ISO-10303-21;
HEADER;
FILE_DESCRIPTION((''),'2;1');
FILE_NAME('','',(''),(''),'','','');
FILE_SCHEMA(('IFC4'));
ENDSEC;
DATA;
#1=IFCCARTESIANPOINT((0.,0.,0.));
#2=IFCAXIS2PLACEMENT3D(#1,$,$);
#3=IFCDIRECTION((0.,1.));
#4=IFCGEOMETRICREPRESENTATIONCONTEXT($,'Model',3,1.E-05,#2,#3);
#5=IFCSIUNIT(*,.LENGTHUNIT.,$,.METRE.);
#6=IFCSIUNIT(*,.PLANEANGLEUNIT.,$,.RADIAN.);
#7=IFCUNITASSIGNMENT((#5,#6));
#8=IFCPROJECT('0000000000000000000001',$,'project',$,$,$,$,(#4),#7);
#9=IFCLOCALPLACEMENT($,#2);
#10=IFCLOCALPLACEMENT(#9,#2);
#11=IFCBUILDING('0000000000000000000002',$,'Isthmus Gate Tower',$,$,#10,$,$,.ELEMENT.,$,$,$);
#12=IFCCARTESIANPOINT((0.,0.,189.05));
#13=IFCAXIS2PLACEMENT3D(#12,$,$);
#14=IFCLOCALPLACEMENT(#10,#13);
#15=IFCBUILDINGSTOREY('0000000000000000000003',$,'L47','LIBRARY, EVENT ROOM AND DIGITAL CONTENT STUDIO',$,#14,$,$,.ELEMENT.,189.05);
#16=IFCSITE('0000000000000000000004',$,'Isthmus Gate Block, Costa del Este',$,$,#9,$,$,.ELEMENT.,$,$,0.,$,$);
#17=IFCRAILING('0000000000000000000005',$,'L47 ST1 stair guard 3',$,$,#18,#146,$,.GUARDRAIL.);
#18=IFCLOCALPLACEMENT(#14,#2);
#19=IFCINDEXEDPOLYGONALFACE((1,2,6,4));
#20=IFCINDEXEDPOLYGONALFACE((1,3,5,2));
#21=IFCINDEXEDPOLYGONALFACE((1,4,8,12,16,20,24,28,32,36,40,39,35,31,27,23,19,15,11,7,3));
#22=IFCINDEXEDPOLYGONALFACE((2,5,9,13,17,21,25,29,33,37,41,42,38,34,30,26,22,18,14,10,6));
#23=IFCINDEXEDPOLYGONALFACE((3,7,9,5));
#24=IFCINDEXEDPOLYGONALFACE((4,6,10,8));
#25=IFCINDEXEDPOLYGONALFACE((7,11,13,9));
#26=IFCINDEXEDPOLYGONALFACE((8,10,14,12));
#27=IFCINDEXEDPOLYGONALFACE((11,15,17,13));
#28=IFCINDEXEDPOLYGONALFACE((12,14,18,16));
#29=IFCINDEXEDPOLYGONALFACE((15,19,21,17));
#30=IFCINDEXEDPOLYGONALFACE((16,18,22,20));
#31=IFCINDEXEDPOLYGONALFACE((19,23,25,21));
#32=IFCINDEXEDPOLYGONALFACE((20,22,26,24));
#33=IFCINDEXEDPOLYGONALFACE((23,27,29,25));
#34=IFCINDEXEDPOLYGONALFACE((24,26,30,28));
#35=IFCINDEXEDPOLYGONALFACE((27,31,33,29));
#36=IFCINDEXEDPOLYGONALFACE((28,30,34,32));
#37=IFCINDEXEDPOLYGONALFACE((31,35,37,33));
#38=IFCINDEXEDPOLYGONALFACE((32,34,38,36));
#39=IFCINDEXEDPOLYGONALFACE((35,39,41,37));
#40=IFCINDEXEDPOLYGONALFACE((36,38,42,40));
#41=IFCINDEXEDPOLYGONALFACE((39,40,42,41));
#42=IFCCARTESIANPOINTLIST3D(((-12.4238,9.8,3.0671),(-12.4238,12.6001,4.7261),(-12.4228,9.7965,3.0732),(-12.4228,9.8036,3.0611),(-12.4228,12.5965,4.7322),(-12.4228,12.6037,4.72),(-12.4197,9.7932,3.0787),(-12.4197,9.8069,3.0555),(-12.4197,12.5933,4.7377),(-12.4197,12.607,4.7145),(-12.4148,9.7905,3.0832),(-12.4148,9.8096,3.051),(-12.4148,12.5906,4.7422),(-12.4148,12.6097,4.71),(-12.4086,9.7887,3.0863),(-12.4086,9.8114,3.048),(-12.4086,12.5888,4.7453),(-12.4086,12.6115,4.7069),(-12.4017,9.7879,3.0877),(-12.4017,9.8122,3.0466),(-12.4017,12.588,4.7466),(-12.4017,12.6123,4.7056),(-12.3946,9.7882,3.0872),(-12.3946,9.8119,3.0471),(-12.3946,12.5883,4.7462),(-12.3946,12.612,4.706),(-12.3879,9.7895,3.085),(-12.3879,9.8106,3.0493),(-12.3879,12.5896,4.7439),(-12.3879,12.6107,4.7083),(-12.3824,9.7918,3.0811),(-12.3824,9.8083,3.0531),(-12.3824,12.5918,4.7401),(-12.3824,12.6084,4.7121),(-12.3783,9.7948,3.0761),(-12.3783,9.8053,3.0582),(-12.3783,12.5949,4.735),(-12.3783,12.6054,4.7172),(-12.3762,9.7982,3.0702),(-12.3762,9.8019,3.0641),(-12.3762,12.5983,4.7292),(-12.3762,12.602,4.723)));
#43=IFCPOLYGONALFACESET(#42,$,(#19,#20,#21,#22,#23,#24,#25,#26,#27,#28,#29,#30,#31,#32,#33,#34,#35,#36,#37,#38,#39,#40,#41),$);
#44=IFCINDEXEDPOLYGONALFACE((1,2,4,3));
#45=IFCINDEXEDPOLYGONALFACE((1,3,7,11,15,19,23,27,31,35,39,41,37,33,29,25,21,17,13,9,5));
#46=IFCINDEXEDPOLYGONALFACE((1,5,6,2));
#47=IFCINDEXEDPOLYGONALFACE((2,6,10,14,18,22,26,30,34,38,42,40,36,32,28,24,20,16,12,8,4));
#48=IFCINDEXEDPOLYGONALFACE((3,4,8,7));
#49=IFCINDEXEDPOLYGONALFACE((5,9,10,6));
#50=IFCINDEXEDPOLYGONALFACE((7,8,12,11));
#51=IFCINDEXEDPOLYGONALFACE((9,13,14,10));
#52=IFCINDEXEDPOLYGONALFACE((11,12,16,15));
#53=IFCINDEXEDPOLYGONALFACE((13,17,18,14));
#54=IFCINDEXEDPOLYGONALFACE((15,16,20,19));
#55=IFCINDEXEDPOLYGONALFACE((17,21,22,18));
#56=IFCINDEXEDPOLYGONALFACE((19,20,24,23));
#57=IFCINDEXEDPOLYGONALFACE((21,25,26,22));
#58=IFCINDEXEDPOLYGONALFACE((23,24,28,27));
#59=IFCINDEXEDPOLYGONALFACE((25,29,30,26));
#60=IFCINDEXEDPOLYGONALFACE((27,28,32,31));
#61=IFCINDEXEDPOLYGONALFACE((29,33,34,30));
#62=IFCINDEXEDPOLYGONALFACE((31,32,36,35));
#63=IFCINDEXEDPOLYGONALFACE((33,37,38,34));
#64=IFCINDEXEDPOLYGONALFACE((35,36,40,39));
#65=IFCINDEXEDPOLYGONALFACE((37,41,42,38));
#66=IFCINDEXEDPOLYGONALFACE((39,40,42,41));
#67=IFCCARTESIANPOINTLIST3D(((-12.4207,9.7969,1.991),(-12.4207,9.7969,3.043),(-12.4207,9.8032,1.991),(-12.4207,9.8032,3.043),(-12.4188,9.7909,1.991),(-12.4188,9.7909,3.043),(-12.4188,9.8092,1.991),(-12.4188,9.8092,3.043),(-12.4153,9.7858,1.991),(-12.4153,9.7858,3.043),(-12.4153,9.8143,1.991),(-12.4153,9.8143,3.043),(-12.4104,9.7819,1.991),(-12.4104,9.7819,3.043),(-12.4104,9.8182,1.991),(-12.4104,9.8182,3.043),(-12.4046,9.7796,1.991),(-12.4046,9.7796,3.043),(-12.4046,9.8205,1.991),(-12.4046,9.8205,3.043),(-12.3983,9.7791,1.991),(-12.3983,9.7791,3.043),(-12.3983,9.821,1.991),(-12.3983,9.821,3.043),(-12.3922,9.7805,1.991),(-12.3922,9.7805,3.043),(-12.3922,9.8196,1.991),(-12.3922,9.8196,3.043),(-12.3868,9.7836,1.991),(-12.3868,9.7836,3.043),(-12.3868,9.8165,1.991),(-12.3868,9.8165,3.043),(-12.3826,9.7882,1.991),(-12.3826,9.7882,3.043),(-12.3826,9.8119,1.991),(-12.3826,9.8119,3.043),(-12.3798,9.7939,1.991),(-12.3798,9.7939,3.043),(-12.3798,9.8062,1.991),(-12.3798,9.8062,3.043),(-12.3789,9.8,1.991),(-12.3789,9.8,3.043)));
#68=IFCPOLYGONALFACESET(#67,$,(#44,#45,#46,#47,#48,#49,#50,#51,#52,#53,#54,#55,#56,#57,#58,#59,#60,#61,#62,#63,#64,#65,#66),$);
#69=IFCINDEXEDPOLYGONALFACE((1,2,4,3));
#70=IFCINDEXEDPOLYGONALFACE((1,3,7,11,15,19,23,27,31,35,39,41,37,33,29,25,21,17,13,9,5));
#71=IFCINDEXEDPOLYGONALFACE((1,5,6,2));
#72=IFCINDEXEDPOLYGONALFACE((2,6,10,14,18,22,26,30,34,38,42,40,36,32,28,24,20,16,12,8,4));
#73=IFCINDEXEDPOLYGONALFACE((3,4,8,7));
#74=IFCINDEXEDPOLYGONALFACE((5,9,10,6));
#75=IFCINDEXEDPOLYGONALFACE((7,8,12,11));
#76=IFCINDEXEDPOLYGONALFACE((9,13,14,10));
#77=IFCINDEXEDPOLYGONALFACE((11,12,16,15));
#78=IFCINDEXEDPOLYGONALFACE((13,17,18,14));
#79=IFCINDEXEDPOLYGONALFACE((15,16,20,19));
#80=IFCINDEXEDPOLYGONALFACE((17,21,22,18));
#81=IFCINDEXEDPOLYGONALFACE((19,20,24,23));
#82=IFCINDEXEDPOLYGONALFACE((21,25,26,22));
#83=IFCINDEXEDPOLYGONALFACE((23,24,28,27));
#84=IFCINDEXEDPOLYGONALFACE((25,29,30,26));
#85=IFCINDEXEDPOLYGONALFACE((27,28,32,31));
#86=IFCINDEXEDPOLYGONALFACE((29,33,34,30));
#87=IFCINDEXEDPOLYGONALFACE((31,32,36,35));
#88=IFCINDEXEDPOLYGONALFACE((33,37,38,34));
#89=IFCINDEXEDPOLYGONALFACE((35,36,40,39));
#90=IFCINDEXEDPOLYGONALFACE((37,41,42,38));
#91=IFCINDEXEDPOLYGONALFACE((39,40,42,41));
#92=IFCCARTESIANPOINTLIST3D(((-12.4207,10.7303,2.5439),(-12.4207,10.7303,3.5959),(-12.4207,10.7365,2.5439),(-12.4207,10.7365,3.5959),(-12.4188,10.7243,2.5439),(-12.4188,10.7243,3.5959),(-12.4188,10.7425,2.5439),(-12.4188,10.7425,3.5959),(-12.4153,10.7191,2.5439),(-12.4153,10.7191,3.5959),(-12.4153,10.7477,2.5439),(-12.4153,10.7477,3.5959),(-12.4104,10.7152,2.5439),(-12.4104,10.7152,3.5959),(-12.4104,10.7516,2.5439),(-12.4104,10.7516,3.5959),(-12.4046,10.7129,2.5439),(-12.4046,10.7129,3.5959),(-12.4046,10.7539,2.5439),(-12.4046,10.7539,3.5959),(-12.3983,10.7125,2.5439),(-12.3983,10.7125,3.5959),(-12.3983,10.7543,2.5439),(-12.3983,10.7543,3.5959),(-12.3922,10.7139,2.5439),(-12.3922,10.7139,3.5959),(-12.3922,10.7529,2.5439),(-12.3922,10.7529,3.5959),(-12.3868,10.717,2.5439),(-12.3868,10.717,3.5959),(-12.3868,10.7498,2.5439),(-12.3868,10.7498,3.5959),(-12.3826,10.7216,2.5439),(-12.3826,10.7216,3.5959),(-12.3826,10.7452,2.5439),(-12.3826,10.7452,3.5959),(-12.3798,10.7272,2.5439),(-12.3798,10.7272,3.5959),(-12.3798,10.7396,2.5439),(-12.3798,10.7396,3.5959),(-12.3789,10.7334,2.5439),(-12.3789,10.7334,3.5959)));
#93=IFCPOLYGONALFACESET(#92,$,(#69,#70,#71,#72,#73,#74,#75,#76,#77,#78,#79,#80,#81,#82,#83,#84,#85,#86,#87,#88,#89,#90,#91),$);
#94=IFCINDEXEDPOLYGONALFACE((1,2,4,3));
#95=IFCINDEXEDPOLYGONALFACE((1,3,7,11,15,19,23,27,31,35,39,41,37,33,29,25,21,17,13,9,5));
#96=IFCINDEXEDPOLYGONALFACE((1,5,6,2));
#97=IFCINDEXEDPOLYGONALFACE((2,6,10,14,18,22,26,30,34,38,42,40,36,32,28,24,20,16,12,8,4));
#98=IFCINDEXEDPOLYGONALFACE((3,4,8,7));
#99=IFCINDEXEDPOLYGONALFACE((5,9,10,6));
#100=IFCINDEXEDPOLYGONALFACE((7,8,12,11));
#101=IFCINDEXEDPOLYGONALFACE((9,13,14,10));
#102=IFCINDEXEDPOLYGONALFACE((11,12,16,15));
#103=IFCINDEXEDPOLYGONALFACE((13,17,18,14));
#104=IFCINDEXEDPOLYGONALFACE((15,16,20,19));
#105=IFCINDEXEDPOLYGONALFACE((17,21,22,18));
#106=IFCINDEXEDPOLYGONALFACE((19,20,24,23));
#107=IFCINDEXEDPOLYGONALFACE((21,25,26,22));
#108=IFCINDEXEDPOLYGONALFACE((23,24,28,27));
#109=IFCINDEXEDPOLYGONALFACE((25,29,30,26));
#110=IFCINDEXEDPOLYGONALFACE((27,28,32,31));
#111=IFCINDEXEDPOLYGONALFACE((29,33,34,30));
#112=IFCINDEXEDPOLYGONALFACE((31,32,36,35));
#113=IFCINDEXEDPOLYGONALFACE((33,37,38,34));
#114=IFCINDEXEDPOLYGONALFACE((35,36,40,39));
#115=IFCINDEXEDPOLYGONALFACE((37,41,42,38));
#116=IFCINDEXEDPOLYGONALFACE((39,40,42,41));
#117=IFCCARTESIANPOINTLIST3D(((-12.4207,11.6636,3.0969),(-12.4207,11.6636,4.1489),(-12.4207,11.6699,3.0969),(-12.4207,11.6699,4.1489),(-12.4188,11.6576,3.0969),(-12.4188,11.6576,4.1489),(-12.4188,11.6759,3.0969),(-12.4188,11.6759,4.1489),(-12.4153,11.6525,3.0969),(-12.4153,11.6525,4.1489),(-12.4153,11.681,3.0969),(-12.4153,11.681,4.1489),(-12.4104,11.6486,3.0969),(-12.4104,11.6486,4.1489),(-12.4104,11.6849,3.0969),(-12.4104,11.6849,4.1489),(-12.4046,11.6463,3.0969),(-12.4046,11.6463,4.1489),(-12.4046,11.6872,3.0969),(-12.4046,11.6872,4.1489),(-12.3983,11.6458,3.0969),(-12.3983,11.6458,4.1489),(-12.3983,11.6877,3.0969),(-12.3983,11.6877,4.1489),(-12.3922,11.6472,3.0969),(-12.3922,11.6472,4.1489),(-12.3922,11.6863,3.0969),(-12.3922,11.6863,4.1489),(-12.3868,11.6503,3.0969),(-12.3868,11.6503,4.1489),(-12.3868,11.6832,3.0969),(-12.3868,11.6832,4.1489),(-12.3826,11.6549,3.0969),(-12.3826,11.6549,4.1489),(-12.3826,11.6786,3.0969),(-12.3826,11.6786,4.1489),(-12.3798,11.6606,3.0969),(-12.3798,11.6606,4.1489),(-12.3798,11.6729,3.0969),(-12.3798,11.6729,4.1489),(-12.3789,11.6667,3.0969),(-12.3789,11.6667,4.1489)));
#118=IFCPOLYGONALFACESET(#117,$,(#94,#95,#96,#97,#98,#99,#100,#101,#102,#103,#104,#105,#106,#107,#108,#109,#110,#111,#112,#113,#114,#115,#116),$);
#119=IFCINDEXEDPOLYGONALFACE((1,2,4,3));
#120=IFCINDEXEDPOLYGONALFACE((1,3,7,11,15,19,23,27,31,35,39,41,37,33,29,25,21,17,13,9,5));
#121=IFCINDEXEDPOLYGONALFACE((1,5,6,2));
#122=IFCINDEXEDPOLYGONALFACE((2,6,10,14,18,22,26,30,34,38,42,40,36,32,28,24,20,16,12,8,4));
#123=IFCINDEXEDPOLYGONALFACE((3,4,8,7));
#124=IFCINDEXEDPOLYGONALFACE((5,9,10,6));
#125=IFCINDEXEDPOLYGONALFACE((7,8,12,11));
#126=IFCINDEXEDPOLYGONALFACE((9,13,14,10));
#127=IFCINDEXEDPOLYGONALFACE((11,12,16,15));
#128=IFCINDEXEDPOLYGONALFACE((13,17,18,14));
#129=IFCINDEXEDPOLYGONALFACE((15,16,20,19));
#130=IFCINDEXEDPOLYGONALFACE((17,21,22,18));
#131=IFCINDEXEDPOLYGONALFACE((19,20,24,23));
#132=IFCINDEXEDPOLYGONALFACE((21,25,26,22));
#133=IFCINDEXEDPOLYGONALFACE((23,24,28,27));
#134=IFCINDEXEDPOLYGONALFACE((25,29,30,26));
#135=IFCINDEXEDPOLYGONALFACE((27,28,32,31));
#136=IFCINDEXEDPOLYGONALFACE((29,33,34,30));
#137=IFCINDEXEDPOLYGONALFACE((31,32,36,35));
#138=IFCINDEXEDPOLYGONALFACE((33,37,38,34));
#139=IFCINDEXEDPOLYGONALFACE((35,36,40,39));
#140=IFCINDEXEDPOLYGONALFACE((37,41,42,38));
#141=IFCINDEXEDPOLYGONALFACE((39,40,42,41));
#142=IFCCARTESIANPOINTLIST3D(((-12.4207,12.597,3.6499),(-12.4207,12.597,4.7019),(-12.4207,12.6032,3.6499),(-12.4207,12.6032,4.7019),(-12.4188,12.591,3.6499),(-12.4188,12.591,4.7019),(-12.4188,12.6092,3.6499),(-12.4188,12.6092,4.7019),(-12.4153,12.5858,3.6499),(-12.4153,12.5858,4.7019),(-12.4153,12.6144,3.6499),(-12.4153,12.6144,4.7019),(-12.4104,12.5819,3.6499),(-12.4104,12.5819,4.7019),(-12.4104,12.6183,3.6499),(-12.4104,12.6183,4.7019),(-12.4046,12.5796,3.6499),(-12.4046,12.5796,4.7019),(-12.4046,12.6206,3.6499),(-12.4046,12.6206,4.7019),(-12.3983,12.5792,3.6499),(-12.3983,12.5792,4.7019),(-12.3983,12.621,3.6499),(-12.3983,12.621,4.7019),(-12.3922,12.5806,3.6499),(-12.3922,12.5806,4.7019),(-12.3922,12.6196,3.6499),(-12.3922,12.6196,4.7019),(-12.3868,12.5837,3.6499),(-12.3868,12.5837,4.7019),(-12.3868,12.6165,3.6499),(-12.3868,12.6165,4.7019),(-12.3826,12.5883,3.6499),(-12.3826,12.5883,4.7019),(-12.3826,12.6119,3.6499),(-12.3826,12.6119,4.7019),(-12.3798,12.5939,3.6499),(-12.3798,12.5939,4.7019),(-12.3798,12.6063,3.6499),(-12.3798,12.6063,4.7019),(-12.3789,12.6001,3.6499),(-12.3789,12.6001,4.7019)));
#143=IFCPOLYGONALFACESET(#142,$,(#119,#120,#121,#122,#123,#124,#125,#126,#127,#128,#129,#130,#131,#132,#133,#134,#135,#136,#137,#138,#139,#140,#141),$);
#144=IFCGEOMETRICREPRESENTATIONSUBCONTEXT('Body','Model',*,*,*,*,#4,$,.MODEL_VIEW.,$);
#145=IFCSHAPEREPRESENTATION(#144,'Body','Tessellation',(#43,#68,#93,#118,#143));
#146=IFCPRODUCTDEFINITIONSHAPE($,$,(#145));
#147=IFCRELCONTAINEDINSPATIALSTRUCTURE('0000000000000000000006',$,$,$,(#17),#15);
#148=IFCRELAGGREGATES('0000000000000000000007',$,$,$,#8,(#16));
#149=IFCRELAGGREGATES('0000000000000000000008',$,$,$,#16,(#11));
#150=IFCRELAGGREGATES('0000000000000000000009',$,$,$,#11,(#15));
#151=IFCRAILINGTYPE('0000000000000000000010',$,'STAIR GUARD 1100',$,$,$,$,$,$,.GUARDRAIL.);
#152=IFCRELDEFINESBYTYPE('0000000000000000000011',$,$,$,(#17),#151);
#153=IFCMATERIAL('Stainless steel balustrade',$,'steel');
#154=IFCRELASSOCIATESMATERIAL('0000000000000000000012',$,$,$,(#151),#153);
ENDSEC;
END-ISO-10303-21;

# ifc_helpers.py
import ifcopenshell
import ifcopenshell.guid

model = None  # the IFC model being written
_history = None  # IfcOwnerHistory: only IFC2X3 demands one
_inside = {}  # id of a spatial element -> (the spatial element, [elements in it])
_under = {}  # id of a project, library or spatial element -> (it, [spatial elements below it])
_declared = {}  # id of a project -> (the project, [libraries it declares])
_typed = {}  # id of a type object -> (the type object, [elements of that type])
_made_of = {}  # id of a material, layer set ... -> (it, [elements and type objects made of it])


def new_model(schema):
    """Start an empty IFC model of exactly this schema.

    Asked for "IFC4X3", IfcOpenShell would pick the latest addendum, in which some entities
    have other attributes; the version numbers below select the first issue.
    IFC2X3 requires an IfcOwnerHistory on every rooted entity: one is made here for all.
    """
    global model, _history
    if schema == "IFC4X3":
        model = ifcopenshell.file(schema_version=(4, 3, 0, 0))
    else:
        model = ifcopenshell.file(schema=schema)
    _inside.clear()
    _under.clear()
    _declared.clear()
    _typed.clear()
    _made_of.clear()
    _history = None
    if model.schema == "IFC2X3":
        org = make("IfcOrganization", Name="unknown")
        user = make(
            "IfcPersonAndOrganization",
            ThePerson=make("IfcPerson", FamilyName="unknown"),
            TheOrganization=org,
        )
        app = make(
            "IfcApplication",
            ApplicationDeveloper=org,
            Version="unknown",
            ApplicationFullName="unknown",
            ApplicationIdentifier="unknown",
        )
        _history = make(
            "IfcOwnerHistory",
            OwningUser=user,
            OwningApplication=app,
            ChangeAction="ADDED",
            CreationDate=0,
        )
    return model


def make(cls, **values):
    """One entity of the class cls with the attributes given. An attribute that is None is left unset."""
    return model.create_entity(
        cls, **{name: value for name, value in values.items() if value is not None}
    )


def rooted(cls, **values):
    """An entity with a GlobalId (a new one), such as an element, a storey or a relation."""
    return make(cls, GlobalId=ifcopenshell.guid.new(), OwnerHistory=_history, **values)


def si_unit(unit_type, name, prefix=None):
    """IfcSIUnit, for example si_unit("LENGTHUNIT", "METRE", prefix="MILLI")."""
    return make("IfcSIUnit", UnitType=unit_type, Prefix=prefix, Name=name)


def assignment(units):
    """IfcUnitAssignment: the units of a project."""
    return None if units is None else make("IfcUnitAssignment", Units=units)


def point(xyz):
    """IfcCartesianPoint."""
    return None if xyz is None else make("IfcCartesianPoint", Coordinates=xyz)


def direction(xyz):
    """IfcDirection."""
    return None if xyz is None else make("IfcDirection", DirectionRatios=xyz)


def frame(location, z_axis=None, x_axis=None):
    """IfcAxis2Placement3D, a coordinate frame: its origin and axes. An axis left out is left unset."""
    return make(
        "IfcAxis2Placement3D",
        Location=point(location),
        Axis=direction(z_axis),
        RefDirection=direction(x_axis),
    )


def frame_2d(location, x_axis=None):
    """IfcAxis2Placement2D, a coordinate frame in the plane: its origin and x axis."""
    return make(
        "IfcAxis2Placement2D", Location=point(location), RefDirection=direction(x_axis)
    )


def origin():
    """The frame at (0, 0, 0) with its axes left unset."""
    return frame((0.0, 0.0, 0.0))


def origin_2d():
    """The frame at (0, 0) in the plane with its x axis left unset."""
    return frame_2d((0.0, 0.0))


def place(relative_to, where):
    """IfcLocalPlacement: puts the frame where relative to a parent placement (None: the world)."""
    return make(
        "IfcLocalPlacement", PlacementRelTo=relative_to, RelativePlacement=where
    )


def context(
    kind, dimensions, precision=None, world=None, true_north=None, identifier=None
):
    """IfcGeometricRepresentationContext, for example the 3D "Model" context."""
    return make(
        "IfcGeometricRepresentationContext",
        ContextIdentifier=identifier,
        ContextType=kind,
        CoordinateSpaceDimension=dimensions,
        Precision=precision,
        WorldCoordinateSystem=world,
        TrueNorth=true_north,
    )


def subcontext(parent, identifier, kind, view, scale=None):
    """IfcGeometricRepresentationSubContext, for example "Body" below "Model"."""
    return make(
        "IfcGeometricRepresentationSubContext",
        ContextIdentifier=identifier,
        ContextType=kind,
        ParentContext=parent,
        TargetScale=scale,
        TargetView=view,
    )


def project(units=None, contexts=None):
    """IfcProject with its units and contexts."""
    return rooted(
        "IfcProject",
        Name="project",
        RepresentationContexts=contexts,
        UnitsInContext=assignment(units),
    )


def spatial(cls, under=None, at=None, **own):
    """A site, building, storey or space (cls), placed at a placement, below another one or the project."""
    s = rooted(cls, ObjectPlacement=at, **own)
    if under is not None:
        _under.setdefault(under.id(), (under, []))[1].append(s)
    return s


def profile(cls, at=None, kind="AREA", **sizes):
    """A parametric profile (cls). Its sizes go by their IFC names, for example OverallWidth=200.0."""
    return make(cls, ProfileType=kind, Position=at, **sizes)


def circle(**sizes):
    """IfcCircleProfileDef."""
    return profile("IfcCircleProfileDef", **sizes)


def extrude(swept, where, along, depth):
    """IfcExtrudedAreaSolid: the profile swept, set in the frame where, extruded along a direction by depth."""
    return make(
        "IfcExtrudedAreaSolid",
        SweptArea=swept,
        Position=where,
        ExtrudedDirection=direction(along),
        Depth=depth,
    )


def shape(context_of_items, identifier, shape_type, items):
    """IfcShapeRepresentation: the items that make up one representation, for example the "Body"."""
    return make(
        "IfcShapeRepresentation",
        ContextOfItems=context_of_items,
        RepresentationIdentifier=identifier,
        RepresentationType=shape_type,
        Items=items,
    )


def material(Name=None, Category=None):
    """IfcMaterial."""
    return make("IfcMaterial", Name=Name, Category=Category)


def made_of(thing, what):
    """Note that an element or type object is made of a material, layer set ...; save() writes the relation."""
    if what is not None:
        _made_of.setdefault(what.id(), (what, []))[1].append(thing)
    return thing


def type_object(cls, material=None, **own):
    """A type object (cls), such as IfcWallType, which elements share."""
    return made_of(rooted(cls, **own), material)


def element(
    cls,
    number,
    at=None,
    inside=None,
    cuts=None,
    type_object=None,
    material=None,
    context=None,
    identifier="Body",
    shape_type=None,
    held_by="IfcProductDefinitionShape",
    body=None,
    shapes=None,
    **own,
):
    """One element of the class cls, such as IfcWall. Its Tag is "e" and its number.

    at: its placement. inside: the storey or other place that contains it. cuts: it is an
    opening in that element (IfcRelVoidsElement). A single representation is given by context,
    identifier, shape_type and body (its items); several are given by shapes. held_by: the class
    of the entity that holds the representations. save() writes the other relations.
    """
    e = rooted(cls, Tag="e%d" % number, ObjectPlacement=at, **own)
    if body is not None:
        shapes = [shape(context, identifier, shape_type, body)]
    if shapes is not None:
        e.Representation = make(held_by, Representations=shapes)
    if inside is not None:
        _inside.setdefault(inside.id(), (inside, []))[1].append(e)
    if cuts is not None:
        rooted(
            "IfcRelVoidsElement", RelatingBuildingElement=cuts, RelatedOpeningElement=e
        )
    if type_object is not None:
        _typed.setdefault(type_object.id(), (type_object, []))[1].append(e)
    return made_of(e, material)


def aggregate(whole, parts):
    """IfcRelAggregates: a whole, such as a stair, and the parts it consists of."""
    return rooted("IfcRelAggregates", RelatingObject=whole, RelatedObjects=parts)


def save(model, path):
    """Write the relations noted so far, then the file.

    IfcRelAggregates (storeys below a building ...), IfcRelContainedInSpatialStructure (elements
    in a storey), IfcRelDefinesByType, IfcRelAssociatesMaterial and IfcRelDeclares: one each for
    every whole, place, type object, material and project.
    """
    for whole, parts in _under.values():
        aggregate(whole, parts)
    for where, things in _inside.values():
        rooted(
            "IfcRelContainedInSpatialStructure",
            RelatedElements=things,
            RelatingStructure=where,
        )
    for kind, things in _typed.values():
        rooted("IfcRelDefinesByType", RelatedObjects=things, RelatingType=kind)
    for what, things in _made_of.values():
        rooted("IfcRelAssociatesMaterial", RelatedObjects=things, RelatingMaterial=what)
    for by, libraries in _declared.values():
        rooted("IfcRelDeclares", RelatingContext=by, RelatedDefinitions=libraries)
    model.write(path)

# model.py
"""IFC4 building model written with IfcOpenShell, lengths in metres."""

from ifc_helpers import new_model, si_unit, direction, frame, origin, origin_2d, place, context, subcontext, project, spatial, circle, extrude, material, type_object, element, save


model = new_model("IFC4")

# Units and contexts
model_context = context("Model", 3, precision=1e-05, world=origin(), true_north=direction((0.0, 1.0)))
body_context = subcontext(model_context, "Body", "Model", "MODEL_VIEW")
ifc_project = project(units=[si_unit("LENGTHUNIT", "METRE"), si_unit("PLANEANGLEUNIT", "RADIAN")], contexts=[model_context])

# Site, building, storey
site_placement = place(None, origin())
site = spatial("IfcSite", under=ifc_project, at=site_placement, Name="Isthmus Gate Block, Costa del Este", CompositionType="ELEMENT", RefElevation=0.0)
building_placement = place(site_placement, origin())
building = spatial("IfcBuilding", under=site, at=building_placement, Name="Isthmus Gate Tower", CompositionType="ELEMENT")
storey_placement = place(building_placement, frame((0.0, 0.0, 189.05)))
storey = spatial("IfcBuildingStorey", under=building, at=storey_placement, Name="L47", Description="LIBRARY, EVENT ROOM AND DIGITAL CONTENT STUDIO", CompositionType="ELEMENT", Elevation=189.05)

# Railing
ifc_material_1 = material(Name="Stainless steel balustrade", Category="steel")
railing_type_1 = type_object("IfcRailingType", Name="STAIR GUARD 1100", PredefinedType="GUARDRAIL", material=ifc_material_1)
railing_1_placement = place(storey_placement, frame((-12.3999, 9.8, 1.991)))
element("IfcRailing", 1, at=railing_1_placement, inside=storey, type_object=railing_type_1, Name="L47 ST1 stair guard 3", PredefinedType="GUARDRAIL", context=body_context, shape_type="SweptSolid", body=[
    extrude(circle(Radius=0.0239, at=origin_2d()), frame((0.0, 0.0, 1.0762), z_axis=(0.0, 0.860339, 0.509722), x_axis=(-1.0, 0.0, 0.0)), (0.0, 0.0, 1.0), 3.2546),
    extrude(circle(Radius=0.021, at=origin_2d()), origin(), (0.0, 0.0, 1.0), 1.052),
    extrude(circle(Radius=0.021, at=origin_2d()), frame((0.0, 0.9333, 0.553)), (0.0, 0.0, 1.0), 1.052),
    extrude(circle(Radius=0.021, at=origin_2d()), frame((0.0, 1.8667, 1.106)), (0.0, 0.0, 1.0), 1.052),
    extrude(circle(Radius=0.021, at=origin_2d()), frame((0.0, 2.8, 1.6589)), (0.0, 0.0, 1.0), 1.052),
])

save(model, "model.ifc")
